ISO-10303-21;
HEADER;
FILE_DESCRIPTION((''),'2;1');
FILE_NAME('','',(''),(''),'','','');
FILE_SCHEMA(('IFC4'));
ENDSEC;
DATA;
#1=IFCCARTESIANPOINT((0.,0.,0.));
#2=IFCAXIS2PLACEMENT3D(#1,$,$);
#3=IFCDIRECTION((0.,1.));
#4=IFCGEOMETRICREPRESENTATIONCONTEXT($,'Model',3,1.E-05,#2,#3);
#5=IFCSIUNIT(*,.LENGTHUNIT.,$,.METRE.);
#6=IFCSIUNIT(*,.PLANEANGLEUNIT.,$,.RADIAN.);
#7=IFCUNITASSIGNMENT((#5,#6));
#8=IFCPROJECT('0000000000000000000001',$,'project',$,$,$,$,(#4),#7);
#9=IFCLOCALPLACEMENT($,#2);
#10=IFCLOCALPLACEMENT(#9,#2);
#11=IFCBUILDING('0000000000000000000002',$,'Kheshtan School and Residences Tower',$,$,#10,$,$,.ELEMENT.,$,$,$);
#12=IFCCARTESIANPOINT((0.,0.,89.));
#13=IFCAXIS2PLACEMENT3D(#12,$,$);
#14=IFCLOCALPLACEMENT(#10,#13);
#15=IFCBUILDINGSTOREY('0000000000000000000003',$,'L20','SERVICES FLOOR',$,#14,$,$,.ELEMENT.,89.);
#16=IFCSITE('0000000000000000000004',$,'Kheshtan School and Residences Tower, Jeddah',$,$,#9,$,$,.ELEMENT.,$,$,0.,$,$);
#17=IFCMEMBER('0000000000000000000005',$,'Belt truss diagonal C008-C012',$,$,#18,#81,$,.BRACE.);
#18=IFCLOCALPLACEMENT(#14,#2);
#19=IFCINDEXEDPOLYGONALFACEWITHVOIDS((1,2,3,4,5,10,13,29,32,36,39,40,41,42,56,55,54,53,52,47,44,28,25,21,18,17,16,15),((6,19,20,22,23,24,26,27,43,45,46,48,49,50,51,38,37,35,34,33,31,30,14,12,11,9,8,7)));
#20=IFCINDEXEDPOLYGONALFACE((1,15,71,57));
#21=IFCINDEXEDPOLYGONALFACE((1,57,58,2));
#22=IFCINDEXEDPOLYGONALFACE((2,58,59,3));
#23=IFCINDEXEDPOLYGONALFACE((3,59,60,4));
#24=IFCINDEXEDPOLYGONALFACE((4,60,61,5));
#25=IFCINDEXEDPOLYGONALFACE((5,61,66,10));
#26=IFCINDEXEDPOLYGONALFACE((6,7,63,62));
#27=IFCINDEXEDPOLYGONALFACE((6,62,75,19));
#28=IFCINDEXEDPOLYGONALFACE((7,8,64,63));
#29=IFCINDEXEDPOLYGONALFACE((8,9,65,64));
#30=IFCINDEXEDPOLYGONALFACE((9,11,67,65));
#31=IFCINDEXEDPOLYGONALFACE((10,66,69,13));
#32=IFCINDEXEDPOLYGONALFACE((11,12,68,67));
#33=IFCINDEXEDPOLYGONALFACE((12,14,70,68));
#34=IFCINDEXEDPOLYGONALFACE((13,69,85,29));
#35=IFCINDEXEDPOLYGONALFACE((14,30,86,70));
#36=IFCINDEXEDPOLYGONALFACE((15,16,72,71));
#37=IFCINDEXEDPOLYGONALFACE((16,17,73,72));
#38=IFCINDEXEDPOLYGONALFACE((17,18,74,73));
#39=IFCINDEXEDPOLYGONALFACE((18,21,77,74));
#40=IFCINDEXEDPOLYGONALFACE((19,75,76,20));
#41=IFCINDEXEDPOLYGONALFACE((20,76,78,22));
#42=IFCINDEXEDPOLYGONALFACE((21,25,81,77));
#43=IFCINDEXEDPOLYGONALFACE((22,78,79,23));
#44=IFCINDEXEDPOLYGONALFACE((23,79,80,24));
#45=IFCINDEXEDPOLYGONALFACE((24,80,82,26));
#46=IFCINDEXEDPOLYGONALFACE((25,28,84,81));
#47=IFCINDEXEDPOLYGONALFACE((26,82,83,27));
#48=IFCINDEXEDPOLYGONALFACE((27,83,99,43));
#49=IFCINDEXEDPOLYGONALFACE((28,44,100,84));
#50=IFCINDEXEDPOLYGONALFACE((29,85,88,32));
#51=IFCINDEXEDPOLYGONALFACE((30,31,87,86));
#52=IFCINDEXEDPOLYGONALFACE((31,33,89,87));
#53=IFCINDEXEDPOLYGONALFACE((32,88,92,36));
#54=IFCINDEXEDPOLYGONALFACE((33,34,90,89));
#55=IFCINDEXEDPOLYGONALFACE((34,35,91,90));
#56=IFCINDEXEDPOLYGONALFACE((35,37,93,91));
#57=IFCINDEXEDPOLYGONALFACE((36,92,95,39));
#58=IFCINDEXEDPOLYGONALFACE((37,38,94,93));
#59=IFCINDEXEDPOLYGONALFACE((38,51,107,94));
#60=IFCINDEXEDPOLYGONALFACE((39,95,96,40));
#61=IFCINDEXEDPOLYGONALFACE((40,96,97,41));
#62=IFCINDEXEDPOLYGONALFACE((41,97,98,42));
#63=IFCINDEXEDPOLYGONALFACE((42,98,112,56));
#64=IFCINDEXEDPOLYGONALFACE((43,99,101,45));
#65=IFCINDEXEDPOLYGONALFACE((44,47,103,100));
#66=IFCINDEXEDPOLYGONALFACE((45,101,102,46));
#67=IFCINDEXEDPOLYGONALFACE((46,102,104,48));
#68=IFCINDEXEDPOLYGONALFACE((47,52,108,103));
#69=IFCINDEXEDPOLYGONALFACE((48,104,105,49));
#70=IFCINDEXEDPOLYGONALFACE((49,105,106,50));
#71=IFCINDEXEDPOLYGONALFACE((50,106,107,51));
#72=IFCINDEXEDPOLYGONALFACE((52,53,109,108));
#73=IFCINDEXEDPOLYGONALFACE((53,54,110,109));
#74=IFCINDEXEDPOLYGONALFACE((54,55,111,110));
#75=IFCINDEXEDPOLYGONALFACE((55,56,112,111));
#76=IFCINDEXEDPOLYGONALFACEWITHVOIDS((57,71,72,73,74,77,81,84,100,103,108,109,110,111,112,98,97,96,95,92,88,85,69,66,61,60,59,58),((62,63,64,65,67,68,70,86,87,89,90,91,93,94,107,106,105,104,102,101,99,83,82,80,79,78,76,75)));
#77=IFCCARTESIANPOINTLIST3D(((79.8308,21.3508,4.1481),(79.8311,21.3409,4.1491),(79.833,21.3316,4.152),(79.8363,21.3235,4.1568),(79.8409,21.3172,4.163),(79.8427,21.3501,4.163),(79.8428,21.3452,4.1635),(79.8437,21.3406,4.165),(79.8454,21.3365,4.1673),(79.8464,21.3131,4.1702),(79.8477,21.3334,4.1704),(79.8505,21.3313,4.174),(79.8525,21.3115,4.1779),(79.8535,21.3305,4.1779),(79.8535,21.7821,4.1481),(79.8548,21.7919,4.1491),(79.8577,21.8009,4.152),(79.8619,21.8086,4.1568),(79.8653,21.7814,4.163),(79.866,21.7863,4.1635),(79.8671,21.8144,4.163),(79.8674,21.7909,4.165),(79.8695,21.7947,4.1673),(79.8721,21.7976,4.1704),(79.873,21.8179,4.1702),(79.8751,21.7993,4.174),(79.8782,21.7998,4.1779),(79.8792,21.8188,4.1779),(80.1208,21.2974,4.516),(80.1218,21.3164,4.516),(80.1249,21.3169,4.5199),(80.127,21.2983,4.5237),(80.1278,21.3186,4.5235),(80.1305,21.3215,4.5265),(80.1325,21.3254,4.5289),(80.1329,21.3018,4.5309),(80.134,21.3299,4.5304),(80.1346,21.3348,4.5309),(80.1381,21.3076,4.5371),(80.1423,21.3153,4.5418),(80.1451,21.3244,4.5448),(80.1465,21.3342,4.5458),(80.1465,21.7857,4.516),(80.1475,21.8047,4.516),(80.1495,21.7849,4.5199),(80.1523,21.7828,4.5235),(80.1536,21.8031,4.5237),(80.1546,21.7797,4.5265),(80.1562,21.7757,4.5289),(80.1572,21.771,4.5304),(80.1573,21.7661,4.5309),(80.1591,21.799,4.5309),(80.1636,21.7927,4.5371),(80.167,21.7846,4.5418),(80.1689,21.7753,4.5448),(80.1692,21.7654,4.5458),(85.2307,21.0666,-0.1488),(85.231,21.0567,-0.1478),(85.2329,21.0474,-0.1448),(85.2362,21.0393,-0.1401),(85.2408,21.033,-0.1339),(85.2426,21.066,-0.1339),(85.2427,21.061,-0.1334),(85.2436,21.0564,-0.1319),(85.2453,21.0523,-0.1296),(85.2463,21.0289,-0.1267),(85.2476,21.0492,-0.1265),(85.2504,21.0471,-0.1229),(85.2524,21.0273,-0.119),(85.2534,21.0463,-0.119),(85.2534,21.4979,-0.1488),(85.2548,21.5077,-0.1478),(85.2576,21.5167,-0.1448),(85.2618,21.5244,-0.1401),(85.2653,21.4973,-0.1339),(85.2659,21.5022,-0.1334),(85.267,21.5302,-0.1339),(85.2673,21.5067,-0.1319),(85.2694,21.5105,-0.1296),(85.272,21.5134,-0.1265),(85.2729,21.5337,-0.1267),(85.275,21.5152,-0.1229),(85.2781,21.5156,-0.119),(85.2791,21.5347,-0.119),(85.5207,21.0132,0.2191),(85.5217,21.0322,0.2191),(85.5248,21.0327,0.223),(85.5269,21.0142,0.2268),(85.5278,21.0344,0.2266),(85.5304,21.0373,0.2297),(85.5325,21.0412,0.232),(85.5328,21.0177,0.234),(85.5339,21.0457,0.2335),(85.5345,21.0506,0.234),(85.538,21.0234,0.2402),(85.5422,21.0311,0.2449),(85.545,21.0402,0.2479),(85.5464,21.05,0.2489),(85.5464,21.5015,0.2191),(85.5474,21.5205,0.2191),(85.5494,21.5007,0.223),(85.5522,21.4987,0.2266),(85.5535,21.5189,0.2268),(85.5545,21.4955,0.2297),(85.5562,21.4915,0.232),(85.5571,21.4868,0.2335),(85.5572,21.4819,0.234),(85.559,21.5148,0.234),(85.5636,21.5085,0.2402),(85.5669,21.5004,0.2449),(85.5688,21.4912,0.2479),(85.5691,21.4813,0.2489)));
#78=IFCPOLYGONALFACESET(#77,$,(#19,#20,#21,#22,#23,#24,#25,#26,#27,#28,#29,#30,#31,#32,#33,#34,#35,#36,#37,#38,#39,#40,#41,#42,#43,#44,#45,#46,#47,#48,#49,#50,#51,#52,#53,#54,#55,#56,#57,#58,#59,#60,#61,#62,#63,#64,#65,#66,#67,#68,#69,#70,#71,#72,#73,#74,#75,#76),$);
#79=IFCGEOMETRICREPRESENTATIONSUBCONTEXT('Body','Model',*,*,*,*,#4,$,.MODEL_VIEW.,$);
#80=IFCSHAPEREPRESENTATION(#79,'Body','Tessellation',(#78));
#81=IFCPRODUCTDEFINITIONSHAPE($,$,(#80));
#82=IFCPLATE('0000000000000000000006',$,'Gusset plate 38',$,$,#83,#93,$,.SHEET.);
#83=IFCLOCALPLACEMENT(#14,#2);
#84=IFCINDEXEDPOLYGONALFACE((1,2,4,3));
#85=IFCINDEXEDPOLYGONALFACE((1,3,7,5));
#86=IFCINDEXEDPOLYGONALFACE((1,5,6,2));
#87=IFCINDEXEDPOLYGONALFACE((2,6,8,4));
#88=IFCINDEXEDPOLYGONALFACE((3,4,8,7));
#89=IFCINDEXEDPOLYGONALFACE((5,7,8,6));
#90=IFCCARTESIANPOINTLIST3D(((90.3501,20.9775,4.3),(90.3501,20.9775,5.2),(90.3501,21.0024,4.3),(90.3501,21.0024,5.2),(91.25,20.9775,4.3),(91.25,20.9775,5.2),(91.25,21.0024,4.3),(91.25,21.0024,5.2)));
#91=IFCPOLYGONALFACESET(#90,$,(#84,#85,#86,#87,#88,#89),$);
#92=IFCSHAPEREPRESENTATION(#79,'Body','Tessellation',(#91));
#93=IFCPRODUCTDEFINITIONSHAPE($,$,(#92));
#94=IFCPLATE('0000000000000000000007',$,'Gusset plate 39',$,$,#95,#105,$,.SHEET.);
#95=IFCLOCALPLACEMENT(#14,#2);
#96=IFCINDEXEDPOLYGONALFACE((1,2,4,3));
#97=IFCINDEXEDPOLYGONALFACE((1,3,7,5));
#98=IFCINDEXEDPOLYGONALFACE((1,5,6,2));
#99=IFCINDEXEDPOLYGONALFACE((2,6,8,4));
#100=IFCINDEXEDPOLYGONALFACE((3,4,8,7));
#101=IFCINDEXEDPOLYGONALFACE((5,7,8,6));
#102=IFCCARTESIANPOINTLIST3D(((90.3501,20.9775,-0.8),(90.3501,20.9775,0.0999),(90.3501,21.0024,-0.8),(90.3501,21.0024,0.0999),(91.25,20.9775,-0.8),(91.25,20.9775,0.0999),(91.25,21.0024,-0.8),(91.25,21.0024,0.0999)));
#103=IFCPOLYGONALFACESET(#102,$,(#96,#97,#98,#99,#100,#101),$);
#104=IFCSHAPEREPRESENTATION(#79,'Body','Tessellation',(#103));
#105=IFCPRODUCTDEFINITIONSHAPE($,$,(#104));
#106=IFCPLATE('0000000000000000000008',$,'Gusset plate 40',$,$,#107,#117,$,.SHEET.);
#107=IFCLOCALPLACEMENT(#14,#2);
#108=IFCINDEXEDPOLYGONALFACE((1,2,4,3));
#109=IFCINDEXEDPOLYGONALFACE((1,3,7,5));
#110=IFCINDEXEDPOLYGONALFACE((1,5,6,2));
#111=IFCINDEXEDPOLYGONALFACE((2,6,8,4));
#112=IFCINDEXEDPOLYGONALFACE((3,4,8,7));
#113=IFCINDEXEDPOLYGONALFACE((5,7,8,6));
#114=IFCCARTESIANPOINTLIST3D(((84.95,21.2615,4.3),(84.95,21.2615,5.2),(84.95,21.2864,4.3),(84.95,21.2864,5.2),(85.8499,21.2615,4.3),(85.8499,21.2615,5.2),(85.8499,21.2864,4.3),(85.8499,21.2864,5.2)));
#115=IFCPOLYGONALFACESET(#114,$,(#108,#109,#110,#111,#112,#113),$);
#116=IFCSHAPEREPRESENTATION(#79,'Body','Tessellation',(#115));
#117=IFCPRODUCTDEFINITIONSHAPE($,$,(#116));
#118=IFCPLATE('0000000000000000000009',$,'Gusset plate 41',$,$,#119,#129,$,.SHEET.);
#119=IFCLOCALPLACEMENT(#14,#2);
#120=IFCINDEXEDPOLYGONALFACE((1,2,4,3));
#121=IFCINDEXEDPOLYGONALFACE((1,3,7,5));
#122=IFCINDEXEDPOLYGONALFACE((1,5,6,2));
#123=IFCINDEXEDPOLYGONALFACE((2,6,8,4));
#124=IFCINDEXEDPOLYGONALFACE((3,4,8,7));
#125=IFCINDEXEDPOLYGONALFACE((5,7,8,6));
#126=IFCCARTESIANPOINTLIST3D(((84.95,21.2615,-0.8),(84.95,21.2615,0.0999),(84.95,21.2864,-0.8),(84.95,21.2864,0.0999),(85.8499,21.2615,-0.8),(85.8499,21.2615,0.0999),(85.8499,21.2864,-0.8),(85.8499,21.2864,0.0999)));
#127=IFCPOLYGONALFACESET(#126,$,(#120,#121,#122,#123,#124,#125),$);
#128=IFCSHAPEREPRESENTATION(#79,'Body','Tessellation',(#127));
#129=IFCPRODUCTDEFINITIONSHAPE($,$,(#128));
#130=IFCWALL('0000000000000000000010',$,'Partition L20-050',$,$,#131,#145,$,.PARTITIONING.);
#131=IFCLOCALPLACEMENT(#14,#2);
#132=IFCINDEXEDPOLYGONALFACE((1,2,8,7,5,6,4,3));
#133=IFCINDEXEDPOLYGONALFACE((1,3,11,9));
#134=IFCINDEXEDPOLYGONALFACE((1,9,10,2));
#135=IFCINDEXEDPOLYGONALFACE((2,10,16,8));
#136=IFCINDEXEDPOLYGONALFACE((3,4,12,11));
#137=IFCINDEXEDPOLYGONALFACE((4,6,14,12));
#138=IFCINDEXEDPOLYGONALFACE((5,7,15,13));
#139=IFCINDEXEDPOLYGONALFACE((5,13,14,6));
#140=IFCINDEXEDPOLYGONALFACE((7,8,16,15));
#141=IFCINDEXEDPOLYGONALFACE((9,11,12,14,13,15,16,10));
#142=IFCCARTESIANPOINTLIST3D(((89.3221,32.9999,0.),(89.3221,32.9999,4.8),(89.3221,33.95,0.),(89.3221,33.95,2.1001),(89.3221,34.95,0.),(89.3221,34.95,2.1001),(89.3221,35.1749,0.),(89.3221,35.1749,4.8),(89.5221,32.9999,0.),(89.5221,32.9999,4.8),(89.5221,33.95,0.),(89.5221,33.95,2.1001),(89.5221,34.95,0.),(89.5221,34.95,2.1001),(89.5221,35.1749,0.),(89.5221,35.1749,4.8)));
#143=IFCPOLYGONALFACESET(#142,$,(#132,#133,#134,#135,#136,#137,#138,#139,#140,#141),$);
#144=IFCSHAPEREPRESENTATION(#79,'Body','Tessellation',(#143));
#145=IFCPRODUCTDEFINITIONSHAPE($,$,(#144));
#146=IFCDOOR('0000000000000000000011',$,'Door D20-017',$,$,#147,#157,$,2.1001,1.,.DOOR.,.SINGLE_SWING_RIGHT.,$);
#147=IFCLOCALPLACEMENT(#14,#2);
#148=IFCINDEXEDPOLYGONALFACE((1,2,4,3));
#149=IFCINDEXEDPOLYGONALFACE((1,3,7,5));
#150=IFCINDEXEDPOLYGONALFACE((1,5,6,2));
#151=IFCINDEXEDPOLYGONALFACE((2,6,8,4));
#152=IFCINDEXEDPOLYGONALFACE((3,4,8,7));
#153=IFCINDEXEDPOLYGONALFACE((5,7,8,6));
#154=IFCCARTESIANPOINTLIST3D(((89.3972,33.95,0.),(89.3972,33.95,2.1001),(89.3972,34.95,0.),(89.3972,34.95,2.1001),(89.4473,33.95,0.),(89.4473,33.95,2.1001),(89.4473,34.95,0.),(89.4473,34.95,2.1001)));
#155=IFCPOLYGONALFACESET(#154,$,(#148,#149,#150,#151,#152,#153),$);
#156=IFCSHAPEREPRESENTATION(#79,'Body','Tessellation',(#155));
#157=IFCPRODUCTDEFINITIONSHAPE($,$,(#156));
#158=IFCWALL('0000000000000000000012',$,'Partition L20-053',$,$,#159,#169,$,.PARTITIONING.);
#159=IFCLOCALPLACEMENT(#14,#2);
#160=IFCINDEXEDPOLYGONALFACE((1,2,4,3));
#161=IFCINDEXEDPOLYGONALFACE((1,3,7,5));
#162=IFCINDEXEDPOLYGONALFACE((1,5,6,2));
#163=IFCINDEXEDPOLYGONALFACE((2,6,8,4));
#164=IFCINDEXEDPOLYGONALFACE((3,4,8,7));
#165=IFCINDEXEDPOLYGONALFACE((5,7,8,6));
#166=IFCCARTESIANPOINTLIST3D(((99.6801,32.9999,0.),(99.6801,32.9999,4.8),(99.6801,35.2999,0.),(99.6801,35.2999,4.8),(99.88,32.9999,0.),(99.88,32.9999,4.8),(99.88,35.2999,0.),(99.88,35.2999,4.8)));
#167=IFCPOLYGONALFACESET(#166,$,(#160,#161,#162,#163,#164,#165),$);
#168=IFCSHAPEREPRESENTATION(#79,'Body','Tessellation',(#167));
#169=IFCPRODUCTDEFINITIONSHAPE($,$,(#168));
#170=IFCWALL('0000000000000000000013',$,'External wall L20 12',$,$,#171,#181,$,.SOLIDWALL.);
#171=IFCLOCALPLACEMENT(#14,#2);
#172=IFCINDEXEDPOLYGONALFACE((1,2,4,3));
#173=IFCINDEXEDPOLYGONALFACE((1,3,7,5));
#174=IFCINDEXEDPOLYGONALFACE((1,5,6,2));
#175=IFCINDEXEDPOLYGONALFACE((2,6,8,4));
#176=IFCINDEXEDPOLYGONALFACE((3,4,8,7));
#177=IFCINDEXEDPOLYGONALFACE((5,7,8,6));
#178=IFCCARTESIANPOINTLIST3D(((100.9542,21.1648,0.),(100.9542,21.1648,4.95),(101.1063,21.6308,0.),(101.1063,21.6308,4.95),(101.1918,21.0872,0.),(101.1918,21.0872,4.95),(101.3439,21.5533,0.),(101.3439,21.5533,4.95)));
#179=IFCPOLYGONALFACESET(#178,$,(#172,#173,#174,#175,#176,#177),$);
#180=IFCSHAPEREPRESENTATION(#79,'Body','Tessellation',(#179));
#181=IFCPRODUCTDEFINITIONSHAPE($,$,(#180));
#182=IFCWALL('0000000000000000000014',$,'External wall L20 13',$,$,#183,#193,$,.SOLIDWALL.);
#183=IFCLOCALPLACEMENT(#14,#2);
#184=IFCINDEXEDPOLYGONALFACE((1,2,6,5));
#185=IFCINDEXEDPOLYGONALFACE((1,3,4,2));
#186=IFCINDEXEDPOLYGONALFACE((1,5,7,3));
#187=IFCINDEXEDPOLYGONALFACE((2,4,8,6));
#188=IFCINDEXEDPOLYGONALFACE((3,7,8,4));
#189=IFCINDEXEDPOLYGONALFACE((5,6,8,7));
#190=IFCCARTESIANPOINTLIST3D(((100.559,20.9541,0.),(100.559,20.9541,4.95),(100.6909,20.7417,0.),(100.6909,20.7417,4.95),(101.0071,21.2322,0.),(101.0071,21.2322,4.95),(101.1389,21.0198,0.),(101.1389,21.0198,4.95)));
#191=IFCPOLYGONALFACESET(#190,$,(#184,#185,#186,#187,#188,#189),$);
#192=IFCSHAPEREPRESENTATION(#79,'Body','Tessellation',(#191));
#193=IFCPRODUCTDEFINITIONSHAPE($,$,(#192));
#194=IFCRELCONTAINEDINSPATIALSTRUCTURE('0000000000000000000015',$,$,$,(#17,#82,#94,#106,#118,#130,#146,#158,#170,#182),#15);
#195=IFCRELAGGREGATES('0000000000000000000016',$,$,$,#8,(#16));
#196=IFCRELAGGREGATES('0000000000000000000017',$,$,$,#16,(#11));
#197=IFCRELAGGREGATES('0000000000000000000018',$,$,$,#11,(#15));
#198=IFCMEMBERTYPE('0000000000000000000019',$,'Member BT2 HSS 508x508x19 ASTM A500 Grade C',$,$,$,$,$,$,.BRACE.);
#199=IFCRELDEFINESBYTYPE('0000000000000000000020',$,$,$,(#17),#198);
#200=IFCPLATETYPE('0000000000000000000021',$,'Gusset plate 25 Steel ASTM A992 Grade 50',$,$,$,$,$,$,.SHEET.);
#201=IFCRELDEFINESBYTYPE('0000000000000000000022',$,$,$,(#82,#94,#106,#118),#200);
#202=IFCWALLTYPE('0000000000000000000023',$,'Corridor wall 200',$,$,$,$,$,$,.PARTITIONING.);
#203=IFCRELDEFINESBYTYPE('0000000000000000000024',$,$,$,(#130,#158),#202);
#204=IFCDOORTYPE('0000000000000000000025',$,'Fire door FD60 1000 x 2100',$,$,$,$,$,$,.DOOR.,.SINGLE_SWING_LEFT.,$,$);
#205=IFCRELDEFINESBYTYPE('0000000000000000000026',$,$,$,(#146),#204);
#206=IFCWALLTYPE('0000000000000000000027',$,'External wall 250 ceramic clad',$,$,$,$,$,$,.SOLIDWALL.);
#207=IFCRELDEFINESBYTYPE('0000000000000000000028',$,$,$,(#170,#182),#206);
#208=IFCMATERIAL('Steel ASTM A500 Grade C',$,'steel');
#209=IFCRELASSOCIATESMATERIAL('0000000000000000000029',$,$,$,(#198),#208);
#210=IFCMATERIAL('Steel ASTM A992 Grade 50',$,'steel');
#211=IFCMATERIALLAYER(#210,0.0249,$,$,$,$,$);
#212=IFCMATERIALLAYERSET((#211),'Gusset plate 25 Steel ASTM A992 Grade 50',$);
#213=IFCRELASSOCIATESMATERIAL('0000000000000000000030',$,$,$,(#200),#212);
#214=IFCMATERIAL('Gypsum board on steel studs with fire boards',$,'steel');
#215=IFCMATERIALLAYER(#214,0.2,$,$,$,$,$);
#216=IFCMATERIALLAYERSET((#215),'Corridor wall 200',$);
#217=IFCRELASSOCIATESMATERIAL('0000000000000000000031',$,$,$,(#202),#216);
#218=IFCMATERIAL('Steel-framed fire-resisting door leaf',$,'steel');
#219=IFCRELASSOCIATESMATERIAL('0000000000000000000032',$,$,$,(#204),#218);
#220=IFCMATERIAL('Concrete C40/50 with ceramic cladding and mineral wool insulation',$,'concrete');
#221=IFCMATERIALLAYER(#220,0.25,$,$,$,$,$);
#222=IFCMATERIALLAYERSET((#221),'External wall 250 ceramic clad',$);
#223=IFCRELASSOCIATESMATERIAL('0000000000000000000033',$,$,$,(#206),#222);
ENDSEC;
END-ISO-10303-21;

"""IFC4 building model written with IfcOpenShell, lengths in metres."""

from ifc_helpers import new_model, si_unit, direction, frame, frame_2d, origin, origin_2d, place, context, subcontext, project, spatial, rectangle, hollow_rectangle, extrude, source, transform, mapped, material, layer, layer_set, material_profile, profile_set, type_object, element, fill, save


model = new_model("IFC4")

# Units and contexts
model_context = context("Model", 3, precision=1e-05, world=origin(), true_north=direction((0.0, 1.0)))
body_context = subcontext(model_context, "Body", "Model", "MODEL_VIEW")
ifc_project = project(units=[si_unit("LENGTHUNIT", "METRE"), si_unit("PLANEANGLEUNIT", "RADIAN")], contexts=[model_context])

# Site, building, storey
site_placement = place(None, origin())
site = spatial("IfcSite", under=ifc_project, at=site_placement, Name="Kheshtan School and Residences Tower, Jeddah", CompositionType="ELEMENT", RefElevation=0.0)
building_placement = place(site_placement, origin())
building = spatial("IfcBuilding", under=site, at=building_placement, Name="Kheshtan School and Residences Tower", CompositionType="ELEMENT")
storey_placement = place(building_placement, frame((0.0, 0.0, 89.0)))
storey = spatial("IfcBuildingStorey", under=building, at=storey_placement, Name="L20", Description="SERVICES FLOOR", CompositionType="ELEMENT", Elevation=89.0)

# Shared definitions
ifc_material_1 = material(Name="Steel ASTM A992 Grade 50", Category="steel")
ifc_material_2 = material(Name="Steel ASTM A500 Grade C", Category="steel")

# Member
ifc_material_profile_1 = material_profile(ifc_material_2, hollow_rectangle(XDim=0.5081, YDim=0.5081, WallThickness=0.019, InnerFilletRadius=0.019, OuterFilletRadius=0.0381, at=origin_2d()), Name="HSS 508x508x19")
ifc_profile_set_1 = profile_set([ifc_material_profile_1], Name="Steel ASTM A500 Grade C")
member_type = type_object("IfcMemberType", Name="Member BT2 HSS 508x508x19 ASTM A500 Grade C", PredefinedType="BRACE", material=ifc_profile_set_1)
member_1_placement = place(storey_placement, frame((85.3999, 21.2739, 0.05), z_axis=(-0.781833, 0.041145, 0.622129), x_axis=(-0.052554, -0.998618, 0.0)))
element("IfcMember", 1, at=member_1_placement, inside=storey, type_object=member_type, Name="Belt truss diagonal C008-C012", PredefinedType="BRACE", context=body_context, shape_type="SweptSolid", body=[
    extrude(hollow_rectangle(XDim=0.5081, YDim=0.5081, WallThickness=0.019, InnerFilletRadius=0.019, OuterFilletRadius=0.0381, at=origin_2d()), origin(), (0.0, 0.0, 1.0), 6.9067),
])

# Plates
ifc_layer_1 = layer(ifc_material_1, 0.0249)
ifc_layer_set_1 = layer_set([ifc_layer_1], Name="Gusset plate 25 Steel ASTM A992 Grade 50")
plate_type = type_object("IfcPlateType", Name="Gusset plate 25 Steel ASTM A992 Grade 50", PredefinedType="SHEET", material=ifc_layer_set_1)
for number, where, z_axis, x_axis, name in (
    (2, (90.8, 20.99, 4.3), (0.0, 0.0, 1.0), (1.0, 0.0, 0.0), "Gusset plate 38"),
    (3, (90.8, 20.99, -0.8), (0.0, 0.0, 1.0), (1.0, 0.0, 0.0), "Gusset plate 39"),
    (4, (85.3999, 21.2739, 4.3), (0.0, 0.0, 1.0), (1.0, 0.0, 0.0), "Gusset plate 40"),
    (5, (85.3999, 21.2739, -0.8), (0.0, 0.0, 1.0), (1.0, 0.0, 0.0), "Gusset plate 41"),
):
    element("IfcPlate", number, at=place(storey_placement, frame(where, z_axis=z_axis, x_axis=x_axis)), inside=storey, type_object=plate_type, Name=name, PredefinedType="SHEET", context=body_context, shape_type="SweptSolid", body=[
        extrude(rectangle(XDim=0.8999, YDim=0.0249, at=origin_2d()), origin(), (0.0, 0.0, 1.0), 0.8999),
    ])

# Wall, opening, door
ifc_material_3 = material(Name="Gypsum board on steel studs with fire boards", Category="steel")
ifc_layer_2 = layer(ifc_material_3, 0.2)
ifc_layer_set_2 = layer_set([ifc_layer_2], Name="Corridor wall 200")
wall_type_1 = type_object("IfcWallType", Name="Corridor wall 200", PredefinedType="PARTITIONING", material=ifc_layer_set_2)
wall_1_placement = place(storey_placement, frame((89.4221, 33.0, 0.0), z_axis=(0.0, 0.0, 1.0), x_axis=(0.0, 1.0, 0.0)))
wall_1 = element("IfcWall", 6, at=wall_1_placement, inside=storey, type_object=wall_type_1, Name="Partition L20-050", PredefinedType="PARTITIONING", context=body_context, shape_type="SweptSolid", body=[
    extrude(rectangle(XDim=2.175, YDim=0.2, at=frame_2d((1.0874, 0.0))), origin(), (0.0, 0.0, 1.0), 4.8),
])
opening_1_placement = place(wall_1_placement, frame((0.95, 0.0, 0.0)))
opening_1 = element("IfcOpeningElement", 7, at=opening_1_placement, cuts=wall_1, PredefinedType="OPENING", context=body_context, shape_type="SweptSolid", body=[
    extrude(rectangle(XDim=1.0, YDim=2.1001, at=frame_2d((0.5, 1.05))), frame((0.0, 0.1099, 0.0), z_axis=(0.0, -1.0, 0.0), x_axis=(1.0, 0.0, 0.0)), (0.0, 0.0, 1.0), 0.22),
])
ifc_material_4 = material(Name="Steel-framed fire-resisting door leaf", Category="steel")
door_type_1 = type_object("IfcDoorType", Name="Fire door FD60 1000 x 2100", OperationType="SINGLE_SWING_LEFT", PredefinedType="DOOR", material=ifc_material_4)
shared_shape_1 = source(origin(), body_context, "Body", "SweptSolid", [
    extrude(rectangle(XDim=1.0, YDim=2.1001, at=frame_2d((0.5, 1.05))), frame((0.0, 0.0249, 0.0), z_axis=(0.0, -1.0, 0.0), x_axis=(1.0, 0.0, 0.0)), (0.0, 0.0, 1.0), 0.05),
])
door_1_placement = place(opening_1_placement, origin())
door_1 = element("IfcDoor", 8, at=door_1_placement, inside=storey, type_object=door_type_1, Name="Door D20-017", OperationType="SINGLE_SWING_RIGHT", OverallHeight=2.1001, OverallWidth=1.0, PredefinedType="DOOR", context=body_context, shape_type="MappedRepresentation", body=[
    mapped(shared_shape_1, transform((0.0, 0.0, 0.0), x_axis=(1.0, 0.0, 0.0), y_axis=(0.0, 1.0, 0.0), z_axis=(0.0, 0.0, 1.0), scale=1.0)),
])
fill(opening_1, door_1)

# Walls
wall_2_placement = place(storey_placement, frame((99.78, 33.0, 0.0), z_axis=(0.0, 0.0, 1.0), x_axis=(0.0, 1.0, 0.0)))
element("IfcWall", 9, at=wall_2_placement, inside=storey, type_object=wall_type_1, Name="Partition L20-053", PredefinedType="PARTITIONING", context=body_context, shape_type="SweptSolid", body=[
    extrude(rectangle(XDim=2.3, YDim=0.2, at=frame_2d((1.1499, 0.0))), origin(), (0.0, 0.0, 1.0), 4.8),
])
ifc_material_5 = material(Name="Concrete C40/50 with ceramic cladding and mineral wool insulation", Category="concrete")
ifc_layer_3 = layer(ifc_material_5, 0.25)
ifc_layer_set_3 = layer_set([ifc_layer_3], Name="External wall 250 ceramic clad")
wall_type_2 = type_object("IfcWallType", Name="External wall 250 ceramic clad", PredefinedType="SOLIDWALL", material=ifc_layer_set_3)
wall_3_placement = place(storey_placement, frame((101.2251, 21.592, 0.0), z_axis=(0.0, 0.0, 1.0), x_axis=(-0.310246, -0.950656, 0.0)))
element("IfcWall", 10, at=wall_3_placement, inside=storey, type_object=wall_type_2, Name="External wall L20 12", PredefinedType="SOLIDWALL", context=body_context, shape_type="SweptSolid", body=[
    extrude(rectangle(XDim=0.4902, YDim=0.25, at=frame_2d((0.2451, 0.0))), origin(), (0.0, 0.0, 1.0), 4.95),
])
wall_4_placement = place(storey_placement, frame((101.073, 21.126, 0.0), z_axis=(0.0, 0.0, 1.0), x_axis=(-0.849633, -0.527374, 0.0)))
element("IfcWall", 11, at=wall_4_placement, inside=storey, type_object=wall_type_2, Name="External wall L20 13", PredefinedType="SOLIDWALL", context=body_context, shape_type="SweptSolid", body=[
    extrude(rectangle(XDim=0.5273, YDim=0.25, at=frame_2d((0.2637, 0.0))), origin(), (0.0, 0.0, 1.0), 4.95),
])

save(model, "model.ifc")
